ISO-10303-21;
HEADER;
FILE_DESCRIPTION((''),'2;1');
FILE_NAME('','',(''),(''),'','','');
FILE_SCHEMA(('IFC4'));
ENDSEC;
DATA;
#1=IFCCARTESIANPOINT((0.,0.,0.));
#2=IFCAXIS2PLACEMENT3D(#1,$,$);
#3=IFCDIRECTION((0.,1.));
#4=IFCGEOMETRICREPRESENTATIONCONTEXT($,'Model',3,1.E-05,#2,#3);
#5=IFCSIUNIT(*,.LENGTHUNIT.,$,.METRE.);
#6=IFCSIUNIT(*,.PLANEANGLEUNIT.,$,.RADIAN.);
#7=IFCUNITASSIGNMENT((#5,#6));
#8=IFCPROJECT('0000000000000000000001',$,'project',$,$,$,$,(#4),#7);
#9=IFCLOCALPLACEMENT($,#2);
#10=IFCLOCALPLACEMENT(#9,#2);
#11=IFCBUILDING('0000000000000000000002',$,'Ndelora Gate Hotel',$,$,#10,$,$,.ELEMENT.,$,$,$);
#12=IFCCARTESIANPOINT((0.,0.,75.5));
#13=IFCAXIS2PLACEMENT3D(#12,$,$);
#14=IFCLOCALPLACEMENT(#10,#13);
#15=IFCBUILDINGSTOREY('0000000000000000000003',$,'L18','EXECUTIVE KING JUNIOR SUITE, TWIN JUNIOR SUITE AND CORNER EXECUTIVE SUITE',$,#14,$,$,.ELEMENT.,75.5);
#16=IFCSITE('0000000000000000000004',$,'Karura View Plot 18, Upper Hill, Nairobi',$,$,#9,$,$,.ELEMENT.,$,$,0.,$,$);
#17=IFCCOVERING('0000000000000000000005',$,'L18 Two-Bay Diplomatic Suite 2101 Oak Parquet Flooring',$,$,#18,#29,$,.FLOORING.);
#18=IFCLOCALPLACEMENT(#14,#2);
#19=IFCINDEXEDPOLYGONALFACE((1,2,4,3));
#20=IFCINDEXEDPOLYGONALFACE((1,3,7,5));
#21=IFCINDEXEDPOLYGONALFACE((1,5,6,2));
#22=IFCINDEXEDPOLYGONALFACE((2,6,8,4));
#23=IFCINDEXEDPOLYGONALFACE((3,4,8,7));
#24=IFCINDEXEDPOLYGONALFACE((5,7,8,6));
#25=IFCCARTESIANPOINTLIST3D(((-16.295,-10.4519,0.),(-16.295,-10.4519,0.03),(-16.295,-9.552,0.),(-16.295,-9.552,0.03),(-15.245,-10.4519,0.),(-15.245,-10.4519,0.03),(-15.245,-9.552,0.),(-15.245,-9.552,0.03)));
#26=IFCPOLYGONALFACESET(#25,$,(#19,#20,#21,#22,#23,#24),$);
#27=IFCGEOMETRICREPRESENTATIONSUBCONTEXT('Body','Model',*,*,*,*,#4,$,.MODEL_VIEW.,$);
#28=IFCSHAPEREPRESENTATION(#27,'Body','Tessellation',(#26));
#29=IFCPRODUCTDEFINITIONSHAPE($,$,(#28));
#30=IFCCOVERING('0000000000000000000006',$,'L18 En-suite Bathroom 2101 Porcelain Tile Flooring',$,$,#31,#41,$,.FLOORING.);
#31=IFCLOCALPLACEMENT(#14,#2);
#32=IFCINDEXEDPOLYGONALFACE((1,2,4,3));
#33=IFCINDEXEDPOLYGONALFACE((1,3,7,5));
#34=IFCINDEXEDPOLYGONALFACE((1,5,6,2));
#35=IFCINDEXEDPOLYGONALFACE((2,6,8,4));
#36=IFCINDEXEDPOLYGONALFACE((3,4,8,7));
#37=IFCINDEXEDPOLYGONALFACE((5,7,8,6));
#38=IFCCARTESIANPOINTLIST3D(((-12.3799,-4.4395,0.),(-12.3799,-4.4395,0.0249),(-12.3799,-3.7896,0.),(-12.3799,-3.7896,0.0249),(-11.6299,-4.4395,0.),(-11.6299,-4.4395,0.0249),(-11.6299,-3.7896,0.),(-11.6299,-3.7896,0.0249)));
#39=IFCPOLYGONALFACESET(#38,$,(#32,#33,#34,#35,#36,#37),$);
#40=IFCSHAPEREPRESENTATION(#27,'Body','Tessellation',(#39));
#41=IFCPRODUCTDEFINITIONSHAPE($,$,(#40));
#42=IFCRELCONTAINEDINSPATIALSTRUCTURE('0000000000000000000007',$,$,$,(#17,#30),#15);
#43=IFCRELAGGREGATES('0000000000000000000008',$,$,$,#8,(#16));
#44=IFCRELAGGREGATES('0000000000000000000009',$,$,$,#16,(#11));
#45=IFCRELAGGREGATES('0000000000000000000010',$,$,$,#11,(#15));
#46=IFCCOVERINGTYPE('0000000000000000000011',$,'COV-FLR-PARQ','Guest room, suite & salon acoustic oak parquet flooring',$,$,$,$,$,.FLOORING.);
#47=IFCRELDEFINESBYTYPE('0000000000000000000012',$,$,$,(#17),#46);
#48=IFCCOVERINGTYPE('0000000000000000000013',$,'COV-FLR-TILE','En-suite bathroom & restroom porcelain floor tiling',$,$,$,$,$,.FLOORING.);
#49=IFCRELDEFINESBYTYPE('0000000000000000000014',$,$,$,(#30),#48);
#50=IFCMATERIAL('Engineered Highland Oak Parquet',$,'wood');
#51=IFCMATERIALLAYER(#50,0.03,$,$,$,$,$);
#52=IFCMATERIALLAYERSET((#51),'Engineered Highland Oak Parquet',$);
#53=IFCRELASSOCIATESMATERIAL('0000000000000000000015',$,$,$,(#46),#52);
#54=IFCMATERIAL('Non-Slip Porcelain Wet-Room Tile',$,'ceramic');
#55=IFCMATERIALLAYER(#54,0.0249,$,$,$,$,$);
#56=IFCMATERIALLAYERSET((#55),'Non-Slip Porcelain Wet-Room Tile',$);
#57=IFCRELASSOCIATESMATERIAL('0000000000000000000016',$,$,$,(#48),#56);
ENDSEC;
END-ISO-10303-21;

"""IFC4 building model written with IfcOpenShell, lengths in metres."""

from ifc_helpers import new_model, si_unit, direction, frame, origin, origin_2d, place, context, subcontext, project, spatial, rectangle, extrude, material, layer, layer_set, type_object, element, save


model = new_model("IFC4")

# Units and contexts
model_context = context("Model", 3, precision=1e-05, world=origin(), true_north=direction((0.0, 1.0)))
body_context = subcontext(model_context, "Body", "Model", "MODEL_VIEW")
ifc_project = project(units=[si_unit("LENGTHUNIT", "METRE"), si_unit("PLANEANGLEUNIT", "RADIAN")], contexts=[model_context])

# Site, building, storey
site_placement = place(None, origin())
site = spatial("IfcSite", under=ifc_project, at=site_placement, Name="Karura View Plot 18, Upper Hill, Nairobi", CompositionType="ELEMENT", RefElevation=0.0)
building_placement = place(site_placement, origin())
building = spatial("IfcBuilding", under=site, at=building_placement, Name="Ndelora Gate Hotel", CompositionType="ELEMENT")
storey_placement = place(building_placement, frame((0.0, 0.0, 75.5)))
storey = spatial("IfcBuildingStorey", under=building, at=storey_placement, Name="L18", Description="EXECUTIVE KING JUNIOR SUITE, TWIN JUNIOR SUITE AND CORNER EXECUTIVE SUITE", CompositionType="ELEMENT", Elevation=75.5)

# Coverings
ifc_material_1 = material(Name="Engineered Highland Oak Parquet", Category="wood")
ifc_layer_1 = layer(ifc_material_1, 0.03)
ifc_layer_set_1 = layer_set([ifc_layer_1], Name="Engineered Highland Oak Parquet")
covering_type_1 = type_object("IfcCoveringType", Name="COV-FLR-PARQ", Description="Guest room, suite & salon acoustic oak parquet flooring", PredefinedType="FLOORING", material=ifc_layer_set_1)
covering_1_placement = place(storey_placement, frame((-15.77, -10.002, 0.0), z_axis=(0.0, 0.0, 1.0), x_axis=(1.0, 0.0, 0.0)))
element("IfcCovering", 1, at=covering_1_placement, inside=storey, type_object=covering_type_1, Name="L18 Two-Bay Diplomatic Suite 2101 Oak Parquet Flooring", PredefinedType="FLOORING", context=body_context, shape_type="SweptSolid", body=[
    extrude(rectangle(XDim=1.05, YDim=0.8999, at=origin_2d()), origin(), (0.0, 0.0, 1.0), 0.03),
])
ifc_material_2 = material(Name="Non-Slip Porcelain Wet-Room Tile", Category="ceramic")
ifc_layer_2 = layer(ifc_material_2, 0.0249)
ifc_layer_set_2 = layer_set([ifc_layer_2], Name="Non-Slip Porcelain Wet-Room Tile")
covering_type_2 = type_object("IfcCoveringType", Name="COV-FLR-TILE", Description="En-suite bathroom & restroom porcelain floor tiling", PredefinedType="FLOORING", material=ifc_layer_set_2)
covering_2_placement = place(storey_placement, frame((-12.0049, -4.1145, 0.0), z_axis=(0.0, 0.0, 1.0), x_axis=(1.0, 0.0, 0.0)))
element("IfcCovering", 2, at=covering_2_placement, inside=storey, type_object=covering_type_2, Name="L18 En-suite Bathroom 2101 Porcelain Tile Flooring", PredefinedType="FLOORING", context=body_context, shape_type="SweptSolid", body=[
    extrude(rectangle(XDim=0.75, YDim=0.6499, at=origin_2d()), origin(), (0.0, 0.0, 1.0), 0.0249),
])

save(model, "model.ifc")
